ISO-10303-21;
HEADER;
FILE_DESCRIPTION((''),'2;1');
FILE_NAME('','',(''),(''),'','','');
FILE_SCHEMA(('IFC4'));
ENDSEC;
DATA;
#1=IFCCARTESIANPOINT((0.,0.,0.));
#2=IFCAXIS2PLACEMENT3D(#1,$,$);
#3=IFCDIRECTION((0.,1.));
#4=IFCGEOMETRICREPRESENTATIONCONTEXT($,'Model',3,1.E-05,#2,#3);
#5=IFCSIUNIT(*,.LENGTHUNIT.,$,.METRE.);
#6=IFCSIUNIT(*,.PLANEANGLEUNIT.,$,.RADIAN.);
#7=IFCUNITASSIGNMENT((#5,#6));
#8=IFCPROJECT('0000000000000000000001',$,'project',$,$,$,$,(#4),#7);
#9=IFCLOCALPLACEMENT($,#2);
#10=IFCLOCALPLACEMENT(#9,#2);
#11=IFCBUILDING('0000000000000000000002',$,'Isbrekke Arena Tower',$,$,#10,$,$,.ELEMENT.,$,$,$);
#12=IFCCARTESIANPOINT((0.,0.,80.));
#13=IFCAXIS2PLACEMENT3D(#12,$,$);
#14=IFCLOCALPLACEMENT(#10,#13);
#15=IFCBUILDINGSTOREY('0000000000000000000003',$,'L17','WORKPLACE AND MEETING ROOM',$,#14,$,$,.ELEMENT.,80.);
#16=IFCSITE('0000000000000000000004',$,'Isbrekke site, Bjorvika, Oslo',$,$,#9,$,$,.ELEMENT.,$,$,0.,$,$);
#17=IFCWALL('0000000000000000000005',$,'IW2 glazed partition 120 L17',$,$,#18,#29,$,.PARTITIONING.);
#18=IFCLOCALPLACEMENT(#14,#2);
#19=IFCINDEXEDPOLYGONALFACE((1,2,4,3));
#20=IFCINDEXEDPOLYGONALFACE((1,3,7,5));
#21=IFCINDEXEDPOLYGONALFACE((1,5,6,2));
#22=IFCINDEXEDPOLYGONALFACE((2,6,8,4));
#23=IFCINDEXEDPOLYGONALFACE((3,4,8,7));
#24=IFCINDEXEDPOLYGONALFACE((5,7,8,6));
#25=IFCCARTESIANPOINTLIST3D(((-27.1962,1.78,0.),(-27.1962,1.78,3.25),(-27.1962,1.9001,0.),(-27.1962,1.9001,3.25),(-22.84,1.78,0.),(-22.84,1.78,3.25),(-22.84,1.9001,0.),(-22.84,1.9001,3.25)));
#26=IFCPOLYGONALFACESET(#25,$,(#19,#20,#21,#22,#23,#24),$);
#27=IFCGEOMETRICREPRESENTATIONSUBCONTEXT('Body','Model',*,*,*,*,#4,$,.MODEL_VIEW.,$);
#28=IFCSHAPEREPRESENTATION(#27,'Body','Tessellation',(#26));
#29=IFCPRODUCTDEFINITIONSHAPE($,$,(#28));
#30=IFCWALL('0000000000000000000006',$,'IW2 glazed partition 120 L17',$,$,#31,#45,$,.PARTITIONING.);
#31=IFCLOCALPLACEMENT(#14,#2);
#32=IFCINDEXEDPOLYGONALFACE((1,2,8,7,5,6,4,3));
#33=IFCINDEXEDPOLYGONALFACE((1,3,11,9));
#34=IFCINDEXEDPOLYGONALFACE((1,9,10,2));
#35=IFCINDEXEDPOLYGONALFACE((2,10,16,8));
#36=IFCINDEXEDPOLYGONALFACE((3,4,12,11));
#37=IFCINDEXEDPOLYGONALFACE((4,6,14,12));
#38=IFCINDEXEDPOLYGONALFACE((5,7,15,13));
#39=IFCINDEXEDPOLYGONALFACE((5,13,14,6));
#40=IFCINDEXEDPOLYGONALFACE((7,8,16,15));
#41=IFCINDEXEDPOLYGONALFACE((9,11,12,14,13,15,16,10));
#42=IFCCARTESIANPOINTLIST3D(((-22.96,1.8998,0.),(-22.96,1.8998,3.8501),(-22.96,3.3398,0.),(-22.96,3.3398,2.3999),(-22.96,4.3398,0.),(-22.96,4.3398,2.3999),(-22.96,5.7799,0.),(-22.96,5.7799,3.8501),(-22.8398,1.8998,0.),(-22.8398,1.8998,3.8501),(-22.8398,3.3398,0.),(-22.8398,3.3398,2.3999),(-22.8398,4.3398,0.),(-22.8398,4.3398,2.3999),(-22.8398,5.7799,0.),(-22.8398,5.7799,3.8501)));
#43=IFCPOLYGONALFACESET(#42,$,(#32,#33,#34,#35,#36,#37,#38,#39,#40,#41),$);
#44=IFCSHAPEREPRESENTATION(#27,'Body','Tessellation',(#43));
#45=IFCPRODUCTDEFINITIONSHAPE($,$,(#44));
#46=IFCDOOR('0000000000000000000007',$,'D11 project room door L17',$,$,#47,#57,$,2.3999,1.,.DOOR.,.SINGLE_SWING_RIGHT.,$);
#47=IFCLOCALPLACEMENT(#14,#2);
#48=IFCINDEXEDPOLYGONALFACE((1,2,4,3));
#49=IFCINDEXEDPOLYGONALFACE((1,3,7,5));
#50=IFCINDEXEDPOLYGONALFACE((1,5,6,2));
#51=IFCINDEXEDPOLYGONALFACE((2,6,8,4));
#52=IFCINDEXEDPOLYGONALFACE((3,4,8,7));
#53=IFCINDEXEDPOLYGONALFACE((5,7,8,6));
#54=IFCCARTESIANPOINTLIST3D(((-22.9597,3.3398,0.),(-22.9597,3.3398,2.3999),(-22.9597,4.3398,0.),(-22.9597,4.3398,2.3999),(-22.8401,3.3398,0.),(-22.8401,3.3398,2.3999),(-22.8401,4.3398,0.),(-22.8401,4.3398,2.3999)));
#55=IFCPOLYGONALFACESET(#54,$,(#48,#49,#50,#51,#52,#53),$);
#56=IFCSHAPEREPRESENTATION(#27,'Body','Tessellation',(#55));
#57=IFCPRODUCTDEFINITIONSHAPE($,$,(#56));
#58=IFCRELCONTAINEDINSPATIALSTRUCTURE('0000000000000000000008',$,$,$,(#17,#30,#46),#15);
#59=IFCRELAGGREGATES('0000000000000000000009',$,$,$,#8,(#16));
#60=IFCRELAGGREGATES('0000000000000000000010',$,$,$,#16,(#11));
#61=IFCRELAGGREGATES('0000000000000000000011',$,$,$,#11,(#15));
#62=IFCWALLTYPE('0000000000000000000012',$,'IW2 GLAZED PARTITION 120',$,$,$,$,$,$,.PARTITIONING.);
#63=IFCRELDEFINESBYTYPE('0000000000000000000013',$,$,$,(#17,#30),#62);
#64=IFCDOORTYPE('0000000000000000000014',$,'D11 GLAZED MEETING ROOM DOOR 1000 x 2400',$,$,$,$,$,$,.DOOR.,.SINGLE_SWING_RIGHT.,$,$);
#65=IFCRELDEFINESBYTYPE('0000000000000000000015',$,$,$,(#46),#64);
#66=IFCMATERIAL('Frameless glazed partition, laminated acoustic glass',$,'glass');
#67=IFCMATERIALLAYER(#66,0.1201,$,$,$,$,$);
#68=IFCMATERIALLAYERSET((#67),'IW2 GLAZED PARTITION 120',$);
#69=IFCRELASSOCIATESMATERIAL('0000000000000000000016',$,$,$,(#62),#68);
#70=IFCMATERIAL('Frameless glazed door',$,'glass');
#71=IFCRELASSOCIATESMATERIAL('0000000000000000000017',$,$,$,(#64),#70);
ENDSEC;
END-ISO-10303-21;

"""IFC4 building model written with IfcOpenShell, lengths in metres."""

from ifc_helpers import new_model, si_unit, direction, frame, frame_2d, origin, place, context, subcontext, project, spatial, rectangle, extrude, material, layer, layer_set, type_object, element, fill, save


model = new_model("IFC4")

# Units and contexts
model_context = context("Model", 3, precision=1e-05, world=origin(), true_north=direction((0.0, 1.0)))
body_context = subcontext(model_context, "Body", "Model", "MODEL_VIEW")
ifc_project = project(units=[si_unit("LENGTHUNIT", "METRE"), si_unit("PLANEANGLEUNIT", "RADIAN")], contexts=[model_context])

# Site, building, storey
site_placement = place(None, origin())
site = spatial("IfcSite", under=ifc_project, at=site_placement, Name="Isbrekke site, Bjorvika, Oslo", CompositionType="ELEMENT", RefElevation=0.0)
building_placement = place(site_placement, origin())
building = spatial("IfcBuilding", under=site, at=building_placement, Name="Isbrekke Arena Tower", CompositionType="ELEMENT")
storey_placement = place(building_placement, frame((0.0, 0.0, 80.0)))
storey = spatial("IfcBuildingStorey", under=building, at=storey_placement, Name="L17", Description="WORKPLACE AND MEETING ROOM", CompositionType="ELEMENT", Elevation=80.0)

# Shared definitions
ifc_material_1 = material(Name="Frameless glazed partition, laminated acoustic glass", Category="glass")
ifc_layer_1 = layer(ifc_material_1, 0.1201)
ifc_layer_set_1 = layer_set([ifc_layer_1], Name="IW2 GLAZED PARTITION 120")
wall_type = type_object("IfcWallType", Name="IW2 GLAZED PARTITION 120", PredefinedType="PARTITIONING", material=ifc_layer_set_1)

# Shared definitions
ifc_material_2 = material(Name="Frameless glazed door", Category="glass")
door_type = type_object("IfcDoorType", Name="D11 GLAZED MEETING ROOM DOOR 1000 x 2400", OperationType="SINGLE_SWING_RIGHT", PredefinedType="DOOR", material=ifc_material_2)

# Wall
wall_1_placement = place(storey_placement, frame((-27.1963, 1.8401, 0.0), z_axis=(0.0, 0.0, 1.0), x_axis=(1.0, 0.0, 0.0)))
element("IfcWall", 1, at=wall_1_placement, inside=storey, type_object=wall_type, Name="IW2 glazed partition 120 L17", PredefinedType="PARTITIONING", context=body_context, shape_type="SweptSolid", body=[
    extrude(rectangle(XDim=4.3562, YDim=0.1201, at=frame_2d((2.1782, 0.0))), origin(), (0.0, 0.0, 1.0), 3.25),
])

# Wall, opening, door
wall_2_placement = place(storey_placement, frame((-22.8999, 1.8999, 0.0), z_axis=(0.0, 0.0, 1.0), x_axis=(0.0, 1.0, 0.0)))
wall_2 = element("IfcWall", 2, at=wall_2_placement, inside=storey, type_object=wall_type, Name="IW2 glazed partition 120 L17", PredefinedType="PARTITIONING", context=body_context, shape_type="SweptSolid", body=[
    extrude(rectangle(XDim=3.8801, YDim=0.1201, at=frame_2d((1.9399, 0.0))), origin(), (0.0, 0.0, 1.0), 3.8501),
])
opening_1_placement = place(wall_2_placement, frame((1.4399, 0.0, 0.0)))
opening_1 = element("IfcOpeningElement", 3, at=opening_1_placement, cuts=wall_2, PredefinedType="OPENING", context=body_context, shape_type="SweptSolid", body=[
    extrude(rectangle(XDim=1.0, YDim=2.3999, at=frame_2d((0.5, 1.2))), frame((0.0, 0.075, 0.0), z_axis=(0.0, -1.0, 0.0), x_axis=(1.0, 0.0, 0.0)), (0.0, 0.0, 1.0), 0.1499),
])
door_1_placement = place(opening_1_placement, origin())
door_1 = element("IfcDoor", 4, at=door_1_placement, inside=storey, type_object=door_type, Name="D11 project room door L17", OperationType="SINGLE_SWING_RIGHT", OverallHeight=2.3999, OverallWidth=1.0, PredefinedType="DOOR", context=body_context, shape_type="SweptSolid", body=[
    extrude(rectangle(XDim=1.0, YDim=2.3999, at=frame_2d((0.5, 1.2))), frame((0.0, 0.0598, 0.0), z_axis=(0.0, -1.0, 0.0), x_axis=(1.0, 0.0, 0.0)), (0.0, 0.0, 1.0), 0.1196),
])
fill(opening_1, door_1)

save(model, "model.ifc")
